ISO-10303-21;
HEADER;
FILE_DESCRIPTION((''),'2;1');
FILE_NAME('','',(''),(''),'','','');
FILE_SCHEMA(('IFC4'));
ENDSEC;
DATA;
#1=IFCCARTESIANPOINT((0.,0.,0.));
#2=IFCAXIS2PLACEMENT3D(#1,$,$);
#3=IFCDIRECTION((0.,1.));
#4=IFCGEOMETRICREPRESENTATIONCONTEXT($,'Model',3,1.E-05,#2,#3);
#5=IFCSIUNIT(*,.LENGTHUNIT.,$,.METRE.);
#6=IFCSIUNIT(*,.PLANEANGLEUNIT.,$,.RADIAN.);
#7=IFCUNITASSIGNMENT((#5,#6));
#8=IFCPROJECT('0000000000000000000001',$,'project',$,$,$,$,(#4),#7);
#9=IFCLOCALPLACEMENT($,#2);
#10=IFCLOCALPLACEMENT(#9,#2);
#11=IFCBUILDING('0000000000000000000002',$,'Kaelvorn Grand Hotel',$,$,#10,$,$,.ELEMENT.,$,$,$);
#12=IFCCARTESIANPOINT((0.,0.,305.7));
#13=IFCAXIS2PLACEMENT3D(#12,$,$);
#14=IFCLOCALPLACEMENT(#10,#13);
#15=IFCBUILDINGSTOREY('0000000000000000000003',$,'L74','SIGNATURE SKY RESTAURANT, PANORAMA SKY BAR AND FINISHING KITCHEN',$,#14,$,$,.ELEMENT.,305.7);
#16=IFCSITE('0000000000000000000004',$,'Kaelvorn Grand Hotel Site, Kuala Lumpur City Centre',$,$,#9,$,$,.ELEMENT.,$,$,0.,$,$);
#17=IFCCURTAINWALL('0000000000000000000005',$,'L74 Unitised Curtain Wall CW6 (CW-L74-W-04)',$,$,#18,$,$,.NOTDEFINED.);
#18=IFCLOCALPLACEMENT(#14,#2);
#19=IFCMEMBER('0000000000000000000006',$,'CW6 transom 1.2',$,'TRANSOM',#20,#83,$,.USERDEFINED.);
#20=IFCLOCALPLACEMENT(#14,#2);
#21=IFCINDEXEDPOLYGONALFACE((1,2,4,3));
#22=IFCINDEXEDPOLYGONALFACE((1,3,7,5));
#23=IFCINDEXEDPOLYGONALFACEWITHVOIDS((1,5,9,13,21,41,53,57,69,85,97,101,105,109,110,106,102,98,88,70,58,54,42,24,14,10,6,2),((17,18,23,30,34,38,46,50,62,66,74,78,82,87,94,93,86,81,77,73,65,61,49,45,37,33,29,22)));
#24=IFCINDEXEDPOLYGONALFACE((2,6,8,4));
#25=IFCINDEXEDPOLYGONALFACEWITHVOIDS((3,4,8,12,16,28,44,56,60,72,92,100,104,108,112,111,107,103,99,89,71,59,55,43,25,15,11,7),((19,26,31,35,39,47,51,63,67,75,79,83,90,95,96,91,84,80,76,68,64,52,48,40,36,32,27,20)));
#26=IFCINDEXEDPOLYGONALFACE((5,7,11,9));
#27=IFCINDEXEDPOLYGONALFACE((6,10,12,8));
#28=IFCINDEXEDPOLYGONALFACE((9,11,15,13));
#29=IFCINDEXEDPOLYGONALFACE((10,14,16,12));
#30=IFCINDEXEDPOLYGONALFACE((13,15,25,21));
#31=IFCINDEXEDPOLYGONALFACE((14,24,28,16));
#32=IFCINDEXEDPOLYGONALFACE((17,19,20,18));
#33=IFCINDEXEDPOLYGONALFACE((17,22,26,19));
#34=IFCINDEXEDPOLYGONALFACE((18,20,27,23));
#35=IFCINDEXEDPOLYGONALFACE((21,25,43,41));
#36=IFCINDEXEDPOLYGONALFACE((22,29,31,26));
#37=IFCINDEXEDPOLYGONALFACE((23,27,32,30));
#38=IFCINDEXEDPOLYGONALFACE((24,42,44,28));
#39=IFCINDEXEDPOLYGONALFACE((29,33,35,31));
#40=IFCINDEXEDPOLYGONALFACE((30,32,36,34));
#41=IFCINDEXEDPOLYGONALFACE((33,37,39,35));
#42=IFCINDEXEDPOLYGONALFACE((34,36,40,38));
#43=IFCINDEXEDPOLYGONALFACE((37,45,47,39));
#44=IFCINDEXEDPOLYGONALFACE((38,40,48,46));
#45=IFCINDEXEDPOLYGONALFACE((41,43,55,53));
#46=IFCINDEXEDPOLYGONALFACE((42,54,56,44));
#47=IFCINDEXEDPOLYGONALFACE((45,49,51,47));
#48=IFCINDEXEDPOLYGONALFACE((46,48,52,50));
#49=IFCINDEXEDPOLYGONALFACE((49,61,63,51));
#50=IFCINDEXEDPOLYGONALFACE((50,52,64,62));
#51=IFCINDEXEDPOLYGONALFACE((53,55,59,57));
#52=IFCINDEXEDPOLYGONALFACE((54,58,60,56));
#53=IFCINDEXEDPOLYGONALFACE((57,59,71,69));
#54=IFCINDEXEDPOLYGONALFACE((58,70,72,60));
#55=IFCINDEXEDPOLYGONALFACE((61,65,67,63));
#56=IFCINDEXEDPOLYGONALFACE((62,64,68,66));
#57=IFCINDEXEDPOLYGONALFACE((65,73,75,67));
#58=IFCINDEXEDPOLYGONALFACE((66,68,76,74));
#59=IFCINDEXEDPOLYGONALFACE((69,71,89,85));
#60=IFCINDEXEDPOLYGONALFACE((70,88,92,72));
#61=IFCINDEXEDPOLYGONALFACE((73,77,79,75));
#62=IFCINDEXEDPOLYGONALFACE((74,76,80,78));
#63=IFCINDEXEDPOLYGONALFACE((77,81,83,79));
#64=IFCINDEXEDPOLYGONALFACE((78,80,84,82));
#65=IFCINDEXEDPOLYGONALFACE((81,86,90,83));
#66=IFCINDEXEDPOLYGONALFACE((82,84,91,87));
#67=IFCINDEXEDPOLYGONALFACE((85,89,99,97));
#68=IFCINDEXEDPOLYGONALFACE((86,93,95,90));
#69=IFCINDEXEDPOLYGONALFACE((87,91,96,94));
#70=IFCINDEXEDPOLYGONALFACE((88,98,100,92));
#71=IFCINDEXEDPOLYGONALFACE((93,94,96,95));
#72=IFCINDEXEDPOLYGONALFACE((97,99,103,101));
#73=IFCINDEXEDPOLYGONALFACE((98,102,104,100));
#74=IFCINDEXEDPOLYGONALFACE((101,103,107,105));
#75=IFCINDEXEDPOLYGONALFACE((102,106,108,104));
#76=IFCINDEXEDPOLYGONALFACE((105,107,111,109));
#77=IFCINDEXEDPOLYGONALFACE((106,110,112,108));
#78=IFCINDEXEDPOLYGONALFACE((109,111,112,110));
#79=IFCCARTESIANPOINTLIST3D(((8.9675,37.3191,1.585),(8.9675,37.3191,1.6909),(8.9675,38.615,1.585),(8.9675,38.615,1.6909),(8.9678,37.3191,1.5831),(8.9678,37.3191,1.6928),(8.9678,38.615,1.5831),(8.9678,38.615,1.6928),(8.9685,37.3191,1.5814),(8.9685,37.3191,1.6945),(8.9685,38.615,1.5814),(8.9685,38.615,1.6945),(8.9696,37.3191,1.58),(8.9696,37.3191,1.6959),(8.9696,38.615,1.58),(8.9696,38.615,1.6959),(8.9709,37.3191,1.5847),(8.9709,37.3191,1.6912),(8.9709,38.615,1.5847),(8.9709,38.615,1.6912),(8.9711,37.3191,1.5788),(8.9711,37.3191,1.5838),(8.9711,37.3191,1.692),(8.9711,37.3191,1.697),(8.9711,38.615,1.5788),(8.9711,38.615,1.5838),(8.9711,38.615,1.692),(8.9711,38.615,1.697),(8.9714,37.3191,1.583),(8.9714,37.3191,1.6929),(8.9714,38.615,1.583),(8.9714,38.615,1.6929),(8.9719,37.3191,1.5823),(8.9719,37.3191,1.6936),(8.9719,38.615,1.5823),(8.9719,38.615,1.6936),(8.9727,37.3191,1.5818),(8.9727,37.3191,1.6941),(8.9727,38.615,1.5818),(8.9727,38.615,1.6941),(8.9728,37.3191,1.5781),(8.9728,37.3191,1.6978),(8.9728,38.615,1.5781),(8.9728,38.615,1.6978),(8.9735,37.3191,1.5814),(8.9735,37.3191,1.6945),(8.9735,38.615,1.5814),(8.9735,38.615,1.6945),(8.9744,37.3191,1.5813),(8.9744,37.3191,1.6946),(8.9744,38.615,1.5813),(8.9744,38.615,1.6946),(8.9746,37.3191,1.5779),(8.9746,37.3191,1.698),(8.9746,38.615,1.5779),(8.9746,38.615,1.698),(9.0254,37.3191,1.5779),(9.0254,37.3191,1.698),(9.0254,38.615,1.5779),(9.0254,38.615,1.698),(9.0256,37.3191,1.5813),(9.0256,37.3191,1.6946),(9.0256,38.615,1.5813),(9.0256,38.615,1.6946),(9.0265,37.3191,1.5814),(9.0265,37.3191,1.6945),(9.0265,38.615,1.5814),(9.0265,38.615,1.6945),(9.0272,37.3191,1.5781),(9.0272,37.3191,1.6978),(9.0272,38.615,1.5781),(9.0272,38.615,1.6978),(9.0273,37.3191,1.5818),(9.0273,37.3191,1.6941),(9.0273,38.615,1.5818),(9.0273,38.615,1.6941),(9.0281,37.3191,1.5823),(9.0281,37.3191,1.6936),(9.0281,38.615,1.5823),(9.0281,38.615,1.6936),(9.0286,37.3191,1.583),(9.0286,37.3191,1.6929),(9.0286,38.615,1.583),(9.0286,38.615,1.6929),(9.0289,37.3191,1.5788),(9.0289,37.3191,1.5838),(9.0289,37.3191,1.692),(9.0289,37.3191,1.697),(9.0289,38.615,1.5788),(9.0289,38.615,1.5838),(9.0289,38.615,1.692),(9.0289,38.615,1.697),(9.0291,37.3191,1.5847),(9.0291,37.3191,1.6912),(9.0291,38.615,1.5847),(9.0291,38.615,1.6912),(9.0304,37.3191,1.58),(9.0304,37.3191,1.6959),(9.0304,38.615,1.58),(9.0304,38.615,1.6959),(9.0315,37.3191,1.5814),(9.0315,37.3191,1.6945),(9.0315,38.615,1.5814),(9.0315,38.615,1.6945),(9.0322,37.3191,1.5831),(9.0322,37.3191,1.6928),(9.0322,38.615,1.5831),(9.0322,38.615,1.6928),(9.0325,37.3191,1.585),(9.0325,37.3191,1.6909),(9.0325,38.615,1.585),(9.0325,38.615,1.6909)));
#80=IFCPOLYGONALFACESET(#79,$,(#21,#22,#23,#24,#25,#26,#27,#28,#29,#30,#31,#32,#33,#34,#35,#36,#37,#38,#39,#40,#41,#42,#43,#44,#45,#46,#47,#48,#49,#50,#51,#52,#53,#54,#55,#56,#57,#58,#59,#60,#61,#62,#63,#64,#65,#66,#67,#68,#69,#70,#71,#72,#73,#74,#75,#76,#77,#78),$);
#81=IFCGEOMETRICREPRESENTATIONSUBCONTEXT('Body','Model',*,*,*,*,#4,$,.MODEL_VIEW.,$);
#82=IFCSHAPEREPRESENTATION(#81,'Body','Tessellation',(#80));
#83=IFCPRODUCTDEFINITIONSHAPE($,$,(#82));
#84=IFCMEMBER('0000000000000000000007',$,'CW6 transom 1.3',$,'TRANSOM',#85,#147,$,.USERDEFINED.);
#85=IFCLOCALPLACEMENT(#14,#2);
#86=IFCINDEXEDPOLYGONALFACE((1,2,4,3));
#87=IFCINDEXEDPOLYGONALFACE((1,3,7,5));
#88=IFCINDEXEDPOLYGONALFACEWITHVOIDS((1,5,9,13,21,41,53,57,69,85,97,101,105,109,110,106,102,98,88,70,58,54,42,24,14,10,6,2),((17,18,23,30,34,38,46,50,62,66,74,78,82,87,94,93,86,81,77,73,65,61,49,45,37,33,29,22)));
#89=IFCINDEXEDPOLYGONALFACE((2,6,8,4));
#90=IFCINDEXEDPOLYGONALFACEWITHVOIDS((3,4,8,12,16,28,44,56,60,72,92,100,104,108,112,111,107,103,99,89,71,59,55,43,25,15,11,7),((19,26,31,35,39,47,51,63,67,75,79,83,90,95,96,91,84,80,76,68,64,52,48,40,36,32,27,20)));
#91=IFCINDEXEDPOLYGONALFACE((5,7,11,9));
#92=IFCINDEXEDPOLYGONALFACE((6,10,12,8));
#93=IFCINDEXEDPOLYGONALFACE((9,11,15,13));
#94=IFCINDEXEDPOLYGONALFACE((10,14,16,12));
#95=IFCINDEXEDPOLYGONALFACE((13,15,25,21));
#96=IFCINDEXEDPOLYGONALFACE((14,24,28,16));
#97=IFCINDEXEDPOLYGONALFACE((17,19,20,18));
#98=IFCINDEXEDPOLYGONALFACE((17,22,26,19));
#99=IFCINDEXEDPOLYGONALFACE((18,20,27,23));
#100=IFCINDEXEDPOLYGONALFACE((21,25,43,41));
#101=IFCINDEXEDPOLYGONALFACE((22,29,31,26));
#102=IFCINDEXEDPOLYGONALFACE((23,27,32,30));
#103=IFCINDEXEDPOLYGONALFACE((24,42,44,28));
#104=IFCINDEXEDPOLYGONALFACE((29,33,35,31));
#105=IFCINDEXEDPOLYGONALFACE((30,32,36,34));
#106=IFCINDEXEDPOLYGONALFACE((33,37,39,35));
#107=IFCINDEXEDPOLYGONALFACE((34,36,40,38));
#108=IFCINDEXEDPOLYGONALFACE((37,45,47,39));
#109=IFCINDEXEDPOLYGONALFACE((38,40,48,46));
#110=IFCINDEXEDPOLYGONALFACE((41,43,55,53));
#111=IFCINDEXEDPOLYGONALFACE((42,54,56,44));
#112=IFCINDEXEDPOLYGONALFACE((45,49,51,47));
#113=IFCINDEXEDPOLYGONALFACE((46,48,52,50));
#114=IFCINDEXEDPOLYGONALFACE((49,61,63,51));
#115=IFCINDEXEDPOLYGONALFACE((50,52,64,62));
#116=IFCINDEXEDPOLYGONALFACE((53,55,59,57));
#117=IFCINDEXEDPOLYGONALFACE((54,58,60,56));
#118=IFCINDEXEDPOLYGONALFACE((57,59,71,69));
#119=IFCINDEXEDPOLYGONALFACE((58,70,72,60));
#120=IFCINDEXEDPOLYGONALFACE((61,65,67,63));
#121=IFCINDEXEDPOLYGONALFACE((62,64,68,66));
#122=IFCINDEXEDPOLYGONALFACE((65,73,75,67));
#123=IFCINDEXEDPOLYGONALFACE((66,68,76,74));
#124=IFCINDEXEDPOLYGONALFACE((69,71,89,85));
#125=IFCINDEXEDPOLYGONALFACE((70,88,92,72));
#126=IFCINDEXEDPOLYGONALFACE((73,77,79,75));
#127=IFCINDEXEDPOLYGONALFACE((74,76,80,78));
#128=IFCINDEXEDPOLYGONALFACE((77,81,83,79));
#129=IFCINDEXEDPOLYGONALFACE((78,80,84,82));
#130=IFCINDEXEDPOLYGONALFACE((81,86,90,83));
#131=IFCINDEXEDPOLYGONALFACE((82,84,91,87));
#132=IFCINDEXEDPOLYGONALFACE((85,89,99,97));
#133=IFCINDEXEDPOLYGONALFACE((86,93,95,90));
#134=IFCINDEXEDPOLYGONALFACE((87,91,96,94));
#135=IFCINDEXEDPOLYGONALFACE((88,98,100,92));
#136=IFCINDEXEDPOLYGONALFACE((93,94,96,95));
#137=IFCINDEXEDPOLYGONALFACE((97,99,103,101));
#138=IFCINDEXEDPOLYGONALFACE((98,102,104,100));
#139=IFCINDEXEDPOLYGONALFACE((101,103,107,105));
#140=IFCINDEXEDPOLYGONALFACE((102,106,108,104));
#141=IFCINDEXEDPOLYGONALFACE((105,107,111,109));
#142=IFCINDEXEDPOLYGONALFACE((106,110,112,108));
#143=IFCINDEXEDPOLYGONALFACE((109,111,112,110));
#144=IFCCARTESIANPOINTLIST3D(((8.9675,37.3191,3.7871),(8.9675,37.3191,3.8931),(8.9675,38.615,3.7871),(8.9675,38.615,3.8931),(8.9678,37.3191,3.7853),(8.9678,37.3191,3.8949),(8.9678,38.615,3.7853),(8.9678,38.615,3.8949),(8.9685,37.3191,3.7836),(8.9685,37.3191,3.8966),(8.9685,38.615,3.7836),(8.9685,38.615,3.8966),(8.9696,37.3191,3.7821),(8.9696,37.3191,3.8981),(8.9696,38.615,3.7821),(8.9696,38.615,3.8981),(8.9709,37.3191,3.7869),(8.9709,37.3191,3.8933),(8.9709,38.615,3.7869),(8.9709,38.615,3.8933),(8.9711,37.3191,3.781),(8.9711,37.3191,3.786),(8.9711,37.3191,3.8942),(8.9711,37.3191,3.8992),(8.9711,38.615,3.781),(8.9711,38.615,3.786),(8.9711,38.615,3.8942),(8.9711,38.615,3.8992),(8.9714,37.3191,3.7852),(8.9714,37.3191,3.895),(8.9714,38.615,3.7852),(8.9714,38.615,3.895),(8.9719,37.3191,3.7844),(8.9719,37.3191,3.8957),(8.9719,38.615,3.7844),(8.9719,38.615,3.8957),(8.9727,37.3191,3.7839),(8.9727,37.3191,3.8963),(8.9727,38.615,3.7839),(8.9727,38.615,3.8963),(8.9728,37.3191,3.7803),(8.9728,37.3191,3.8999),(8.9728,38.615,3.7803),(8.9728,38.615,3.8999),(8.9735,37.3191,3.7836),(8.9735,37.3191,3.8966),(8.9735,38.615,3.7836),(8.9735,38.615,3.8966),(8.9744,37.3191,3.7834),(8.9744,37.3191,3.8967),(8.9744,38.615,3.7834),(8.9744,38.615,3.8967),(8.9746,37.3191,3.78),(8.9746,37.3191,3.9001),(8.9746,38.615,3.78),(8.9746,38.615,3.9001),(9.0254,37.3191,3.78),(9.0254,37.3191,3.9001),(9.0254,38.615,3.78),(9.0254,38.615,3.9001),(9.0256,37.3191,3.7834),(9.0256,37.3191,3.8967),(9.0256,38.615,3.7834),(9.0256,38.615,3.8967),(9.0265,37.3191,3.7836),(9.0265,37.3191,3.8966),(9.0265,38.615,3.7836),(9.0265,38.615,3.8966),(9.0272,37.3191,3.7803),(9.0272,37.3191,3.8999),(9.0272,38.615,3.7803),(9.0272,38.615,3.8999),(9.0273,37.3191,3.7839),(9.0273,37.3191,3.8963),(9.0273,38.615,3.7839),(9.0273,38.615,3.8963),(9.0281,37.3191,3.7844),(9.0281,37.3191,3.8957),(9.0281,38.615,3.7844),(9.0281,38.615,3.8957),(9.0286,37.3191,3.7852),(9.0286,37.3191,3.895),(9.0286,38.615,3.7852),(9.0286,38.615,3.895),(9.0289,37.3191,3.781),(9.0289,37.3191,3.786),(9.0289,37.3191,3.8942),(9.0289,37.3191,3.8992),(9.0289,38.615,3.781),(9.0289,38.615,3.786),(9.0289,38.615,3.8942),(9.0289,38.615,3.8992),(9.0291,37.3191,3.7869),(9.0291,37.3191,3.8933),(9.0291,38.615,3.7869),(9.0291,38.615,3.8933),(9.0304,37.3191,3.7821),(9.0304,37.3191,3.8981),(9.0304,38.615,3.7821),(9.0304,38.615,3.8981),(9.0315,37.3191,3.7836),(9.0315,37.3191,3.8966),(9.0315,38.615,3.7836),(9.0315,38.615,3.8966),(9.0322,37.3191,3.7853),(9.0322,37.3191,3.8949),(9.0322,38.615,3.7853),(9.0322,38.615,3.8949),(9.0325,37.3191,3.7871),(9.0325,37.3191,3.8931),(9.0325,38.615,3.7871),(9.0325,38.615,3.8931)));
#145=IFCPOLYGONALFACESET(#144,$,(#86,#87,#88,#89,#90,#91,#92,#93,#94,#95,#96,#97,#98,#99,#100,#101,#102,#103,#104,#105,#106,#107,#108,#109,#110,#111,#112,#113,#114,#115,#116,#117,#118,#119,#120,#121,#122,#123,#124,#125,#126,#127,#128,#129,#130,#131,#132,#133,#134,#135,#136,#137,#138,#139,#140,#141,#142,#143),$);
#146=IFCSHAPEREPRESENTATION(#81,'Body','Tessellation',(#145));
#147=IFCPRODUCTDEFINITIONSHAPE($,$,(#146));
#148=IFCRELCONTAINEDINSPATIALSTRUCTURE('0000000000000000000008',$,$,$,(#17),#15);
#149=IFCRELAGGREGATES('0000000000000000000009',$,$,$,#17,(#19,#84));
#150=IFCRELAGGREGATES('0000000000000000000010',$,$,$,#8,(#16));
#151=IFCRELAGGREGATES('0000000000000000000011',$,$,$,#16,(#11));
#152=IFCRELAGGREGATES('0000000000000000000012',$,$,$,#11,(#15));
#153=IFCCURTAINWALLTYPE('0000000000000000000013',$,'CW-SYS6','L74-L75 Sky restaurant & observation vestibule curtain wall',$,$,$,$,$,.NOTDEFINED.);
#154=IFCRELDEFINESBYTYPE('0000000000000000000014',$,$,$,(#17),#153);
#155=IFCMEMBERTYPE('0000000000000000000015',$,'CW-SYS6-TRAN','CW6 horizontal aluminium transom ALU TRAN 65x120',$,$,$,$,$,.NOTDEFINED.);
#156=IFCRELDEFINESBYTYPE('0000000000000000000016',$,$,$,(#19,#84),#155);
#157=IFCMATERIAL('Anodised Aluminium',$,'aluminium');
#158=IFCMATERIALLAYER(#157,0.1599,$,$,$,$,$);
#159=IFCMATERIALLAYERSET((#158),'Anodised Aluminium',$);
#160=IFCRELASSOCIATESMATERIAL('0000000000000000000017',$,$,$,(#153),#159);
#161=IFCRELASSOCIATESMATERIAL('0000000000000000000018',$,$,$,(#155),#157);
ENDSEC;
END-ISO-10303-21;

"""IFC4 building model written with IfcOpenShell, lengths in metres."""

from ifc_helpers import new_model, si_unit, direction, frame, origin, origin_2d, place, context, subcontext, project, spatial, hollow_rectangle, extrude, material, layer, layer_set, material_profile, profile_set, type_object, element, aggregate, save


model = new_model("IFC4")

# Units and contexts
model_context = context("Model", 3, precision=1e-05, world=origin(), true_north=direction((0.0, 1.0)))
body_context = subcontext(model_context, "Body", "Model", "MODEL_VIEW")
ifc_project = project(units=[si_unit("LENGTHUNIT", "METRE"), si_unit("PLANEANGLEUNIT", "RADIAN")], contexts=[model_context])

# Site, building, storey
site_placement = place(None, origin())
site = spatial("IfcSite", under=ifc_project, at=site_placement, Name="Kaelvorn Grand Hotel Site, Kuala Lumpur City Centre", CompositionType="ELEMENT", RefElevation=0.0)
building_placement = place(site_placement, origin())
building = spatial("IfcBuilding", under=site, at=building_placement, Name="Kaelvorn Grand Hotel", CompositionType="ELEMENT")
storey_placement = place(building_placement, frame((0.0, 0.0, 305.7)))
storey = spatial("IfcBuildingStorey", under=building, at=storey_placement, Name="L74", Description="SIGNATURE SKY RESTAURANT, PANORAMA SKY BAR AND FINISHING KITCHEN", CompositionType="ELEMENT", Elevation=305.7)

# Shared definitions
ifc_material_1 = material(Name="Anodised Aluminium", Category="aluminium")
ifc_layer_1 = layer(ifc_material_1, 0.1599)
ifc_layer_set_1 = layer_set([ifc_layer_1], Name="Anodised Aluminium")
curtain_wall_type = type_object("IfcCurtainWallType", Name="CW-SYS6", Description="L74-L75 Sky restaurant & observation vestibule curtain wall", PredefinedType="NOTDEFINED", material=ifc_layer_set_1)

# Curtain wall, members
curtain_wall_1_placement = place(storey_placement, origin())
curtain_wall_1 = element("IfcCurtainWall", 1, at=curtain_wall_1_placement, inside=storey, type_object=curtain_wall_type, Name="L74 Unitised Curtain Wall CW6 (CW-L74-W-04)", PredefinedType="NOTDEFINED")
ifc_material_profile_1 = material_profile(ifc_material_1, hollow_rectangle(XDim=0.0649, YDim=0.1201, WallThickness=0.0034, InnerFilletRadius=0.0034, OuterFilletRadius=0.0071, at=origin_2d()), Name="ALU TRAN 65x120")
ifc_profile_set_1 = profile_set([ifc_material_profile_1], Name="Anodised Aluminium")
member_type_1 = type_object("IfcMemberType", Name="CW-SYS6-TRAN", Description="CW6 horizontal aluminium transom ALU TRAN 65x120", PredefinedType="NOTDEFINED", material=ifc_profile_set_1)
member_1_placement = place(storey_placement, frame((9.0, 38.615, 1.6379), z_axis=(0.0, -1.0, 0.0), x_axis=(1.0, 0.0, 0.0)))
member_1 = element("IfcMember", 2, at=member_1_placement, type_object=member_type_1, Name="CW6 transom 1.2", ObjectType="TRANSOM", PredefinedType="USERDEFINED", context=body_context, shape_type="SweptSolid", body=[
    extrude(hollow_rectangle(XDim=0.0649, YDim=0.1201, WallThickness=0.0034, InnerFilletRadius=0.0034, OuterFilletRadius=0.0071, at=origin_2d()), origin(), (0.0, 0.0, 1.0), 1.2959),
])
member_2_placement = place(storey_placement, frame((9.0, 38.615, 3.8401), z_axis=(0.0, -1.0, 0.0), x_axis=(1.0, 0.0, 0.0)))
member_2 = element("IfcMember", 3, at=member_2_placement, type_object=member_type_1, Name="CW6 transom 1.3", ObjectType="TRANSOM", PredefinedType="USERDEFINED", context=body_context, shape_type="SweptSolid", body=[
    extrude(hollow_rectangle(XDim=0.0649, YDim=0.1201, WallThickness=0.0034, InnerFilletRadius=0.0034, OuterFilletRadius=0.0071, at=origin_2d()), origin(), (0.0, 0.0, 1.0), 1.2959),
])

aggregate(curtain_wall_1, [member_1, member_2])

save(model, "model.ifc")
